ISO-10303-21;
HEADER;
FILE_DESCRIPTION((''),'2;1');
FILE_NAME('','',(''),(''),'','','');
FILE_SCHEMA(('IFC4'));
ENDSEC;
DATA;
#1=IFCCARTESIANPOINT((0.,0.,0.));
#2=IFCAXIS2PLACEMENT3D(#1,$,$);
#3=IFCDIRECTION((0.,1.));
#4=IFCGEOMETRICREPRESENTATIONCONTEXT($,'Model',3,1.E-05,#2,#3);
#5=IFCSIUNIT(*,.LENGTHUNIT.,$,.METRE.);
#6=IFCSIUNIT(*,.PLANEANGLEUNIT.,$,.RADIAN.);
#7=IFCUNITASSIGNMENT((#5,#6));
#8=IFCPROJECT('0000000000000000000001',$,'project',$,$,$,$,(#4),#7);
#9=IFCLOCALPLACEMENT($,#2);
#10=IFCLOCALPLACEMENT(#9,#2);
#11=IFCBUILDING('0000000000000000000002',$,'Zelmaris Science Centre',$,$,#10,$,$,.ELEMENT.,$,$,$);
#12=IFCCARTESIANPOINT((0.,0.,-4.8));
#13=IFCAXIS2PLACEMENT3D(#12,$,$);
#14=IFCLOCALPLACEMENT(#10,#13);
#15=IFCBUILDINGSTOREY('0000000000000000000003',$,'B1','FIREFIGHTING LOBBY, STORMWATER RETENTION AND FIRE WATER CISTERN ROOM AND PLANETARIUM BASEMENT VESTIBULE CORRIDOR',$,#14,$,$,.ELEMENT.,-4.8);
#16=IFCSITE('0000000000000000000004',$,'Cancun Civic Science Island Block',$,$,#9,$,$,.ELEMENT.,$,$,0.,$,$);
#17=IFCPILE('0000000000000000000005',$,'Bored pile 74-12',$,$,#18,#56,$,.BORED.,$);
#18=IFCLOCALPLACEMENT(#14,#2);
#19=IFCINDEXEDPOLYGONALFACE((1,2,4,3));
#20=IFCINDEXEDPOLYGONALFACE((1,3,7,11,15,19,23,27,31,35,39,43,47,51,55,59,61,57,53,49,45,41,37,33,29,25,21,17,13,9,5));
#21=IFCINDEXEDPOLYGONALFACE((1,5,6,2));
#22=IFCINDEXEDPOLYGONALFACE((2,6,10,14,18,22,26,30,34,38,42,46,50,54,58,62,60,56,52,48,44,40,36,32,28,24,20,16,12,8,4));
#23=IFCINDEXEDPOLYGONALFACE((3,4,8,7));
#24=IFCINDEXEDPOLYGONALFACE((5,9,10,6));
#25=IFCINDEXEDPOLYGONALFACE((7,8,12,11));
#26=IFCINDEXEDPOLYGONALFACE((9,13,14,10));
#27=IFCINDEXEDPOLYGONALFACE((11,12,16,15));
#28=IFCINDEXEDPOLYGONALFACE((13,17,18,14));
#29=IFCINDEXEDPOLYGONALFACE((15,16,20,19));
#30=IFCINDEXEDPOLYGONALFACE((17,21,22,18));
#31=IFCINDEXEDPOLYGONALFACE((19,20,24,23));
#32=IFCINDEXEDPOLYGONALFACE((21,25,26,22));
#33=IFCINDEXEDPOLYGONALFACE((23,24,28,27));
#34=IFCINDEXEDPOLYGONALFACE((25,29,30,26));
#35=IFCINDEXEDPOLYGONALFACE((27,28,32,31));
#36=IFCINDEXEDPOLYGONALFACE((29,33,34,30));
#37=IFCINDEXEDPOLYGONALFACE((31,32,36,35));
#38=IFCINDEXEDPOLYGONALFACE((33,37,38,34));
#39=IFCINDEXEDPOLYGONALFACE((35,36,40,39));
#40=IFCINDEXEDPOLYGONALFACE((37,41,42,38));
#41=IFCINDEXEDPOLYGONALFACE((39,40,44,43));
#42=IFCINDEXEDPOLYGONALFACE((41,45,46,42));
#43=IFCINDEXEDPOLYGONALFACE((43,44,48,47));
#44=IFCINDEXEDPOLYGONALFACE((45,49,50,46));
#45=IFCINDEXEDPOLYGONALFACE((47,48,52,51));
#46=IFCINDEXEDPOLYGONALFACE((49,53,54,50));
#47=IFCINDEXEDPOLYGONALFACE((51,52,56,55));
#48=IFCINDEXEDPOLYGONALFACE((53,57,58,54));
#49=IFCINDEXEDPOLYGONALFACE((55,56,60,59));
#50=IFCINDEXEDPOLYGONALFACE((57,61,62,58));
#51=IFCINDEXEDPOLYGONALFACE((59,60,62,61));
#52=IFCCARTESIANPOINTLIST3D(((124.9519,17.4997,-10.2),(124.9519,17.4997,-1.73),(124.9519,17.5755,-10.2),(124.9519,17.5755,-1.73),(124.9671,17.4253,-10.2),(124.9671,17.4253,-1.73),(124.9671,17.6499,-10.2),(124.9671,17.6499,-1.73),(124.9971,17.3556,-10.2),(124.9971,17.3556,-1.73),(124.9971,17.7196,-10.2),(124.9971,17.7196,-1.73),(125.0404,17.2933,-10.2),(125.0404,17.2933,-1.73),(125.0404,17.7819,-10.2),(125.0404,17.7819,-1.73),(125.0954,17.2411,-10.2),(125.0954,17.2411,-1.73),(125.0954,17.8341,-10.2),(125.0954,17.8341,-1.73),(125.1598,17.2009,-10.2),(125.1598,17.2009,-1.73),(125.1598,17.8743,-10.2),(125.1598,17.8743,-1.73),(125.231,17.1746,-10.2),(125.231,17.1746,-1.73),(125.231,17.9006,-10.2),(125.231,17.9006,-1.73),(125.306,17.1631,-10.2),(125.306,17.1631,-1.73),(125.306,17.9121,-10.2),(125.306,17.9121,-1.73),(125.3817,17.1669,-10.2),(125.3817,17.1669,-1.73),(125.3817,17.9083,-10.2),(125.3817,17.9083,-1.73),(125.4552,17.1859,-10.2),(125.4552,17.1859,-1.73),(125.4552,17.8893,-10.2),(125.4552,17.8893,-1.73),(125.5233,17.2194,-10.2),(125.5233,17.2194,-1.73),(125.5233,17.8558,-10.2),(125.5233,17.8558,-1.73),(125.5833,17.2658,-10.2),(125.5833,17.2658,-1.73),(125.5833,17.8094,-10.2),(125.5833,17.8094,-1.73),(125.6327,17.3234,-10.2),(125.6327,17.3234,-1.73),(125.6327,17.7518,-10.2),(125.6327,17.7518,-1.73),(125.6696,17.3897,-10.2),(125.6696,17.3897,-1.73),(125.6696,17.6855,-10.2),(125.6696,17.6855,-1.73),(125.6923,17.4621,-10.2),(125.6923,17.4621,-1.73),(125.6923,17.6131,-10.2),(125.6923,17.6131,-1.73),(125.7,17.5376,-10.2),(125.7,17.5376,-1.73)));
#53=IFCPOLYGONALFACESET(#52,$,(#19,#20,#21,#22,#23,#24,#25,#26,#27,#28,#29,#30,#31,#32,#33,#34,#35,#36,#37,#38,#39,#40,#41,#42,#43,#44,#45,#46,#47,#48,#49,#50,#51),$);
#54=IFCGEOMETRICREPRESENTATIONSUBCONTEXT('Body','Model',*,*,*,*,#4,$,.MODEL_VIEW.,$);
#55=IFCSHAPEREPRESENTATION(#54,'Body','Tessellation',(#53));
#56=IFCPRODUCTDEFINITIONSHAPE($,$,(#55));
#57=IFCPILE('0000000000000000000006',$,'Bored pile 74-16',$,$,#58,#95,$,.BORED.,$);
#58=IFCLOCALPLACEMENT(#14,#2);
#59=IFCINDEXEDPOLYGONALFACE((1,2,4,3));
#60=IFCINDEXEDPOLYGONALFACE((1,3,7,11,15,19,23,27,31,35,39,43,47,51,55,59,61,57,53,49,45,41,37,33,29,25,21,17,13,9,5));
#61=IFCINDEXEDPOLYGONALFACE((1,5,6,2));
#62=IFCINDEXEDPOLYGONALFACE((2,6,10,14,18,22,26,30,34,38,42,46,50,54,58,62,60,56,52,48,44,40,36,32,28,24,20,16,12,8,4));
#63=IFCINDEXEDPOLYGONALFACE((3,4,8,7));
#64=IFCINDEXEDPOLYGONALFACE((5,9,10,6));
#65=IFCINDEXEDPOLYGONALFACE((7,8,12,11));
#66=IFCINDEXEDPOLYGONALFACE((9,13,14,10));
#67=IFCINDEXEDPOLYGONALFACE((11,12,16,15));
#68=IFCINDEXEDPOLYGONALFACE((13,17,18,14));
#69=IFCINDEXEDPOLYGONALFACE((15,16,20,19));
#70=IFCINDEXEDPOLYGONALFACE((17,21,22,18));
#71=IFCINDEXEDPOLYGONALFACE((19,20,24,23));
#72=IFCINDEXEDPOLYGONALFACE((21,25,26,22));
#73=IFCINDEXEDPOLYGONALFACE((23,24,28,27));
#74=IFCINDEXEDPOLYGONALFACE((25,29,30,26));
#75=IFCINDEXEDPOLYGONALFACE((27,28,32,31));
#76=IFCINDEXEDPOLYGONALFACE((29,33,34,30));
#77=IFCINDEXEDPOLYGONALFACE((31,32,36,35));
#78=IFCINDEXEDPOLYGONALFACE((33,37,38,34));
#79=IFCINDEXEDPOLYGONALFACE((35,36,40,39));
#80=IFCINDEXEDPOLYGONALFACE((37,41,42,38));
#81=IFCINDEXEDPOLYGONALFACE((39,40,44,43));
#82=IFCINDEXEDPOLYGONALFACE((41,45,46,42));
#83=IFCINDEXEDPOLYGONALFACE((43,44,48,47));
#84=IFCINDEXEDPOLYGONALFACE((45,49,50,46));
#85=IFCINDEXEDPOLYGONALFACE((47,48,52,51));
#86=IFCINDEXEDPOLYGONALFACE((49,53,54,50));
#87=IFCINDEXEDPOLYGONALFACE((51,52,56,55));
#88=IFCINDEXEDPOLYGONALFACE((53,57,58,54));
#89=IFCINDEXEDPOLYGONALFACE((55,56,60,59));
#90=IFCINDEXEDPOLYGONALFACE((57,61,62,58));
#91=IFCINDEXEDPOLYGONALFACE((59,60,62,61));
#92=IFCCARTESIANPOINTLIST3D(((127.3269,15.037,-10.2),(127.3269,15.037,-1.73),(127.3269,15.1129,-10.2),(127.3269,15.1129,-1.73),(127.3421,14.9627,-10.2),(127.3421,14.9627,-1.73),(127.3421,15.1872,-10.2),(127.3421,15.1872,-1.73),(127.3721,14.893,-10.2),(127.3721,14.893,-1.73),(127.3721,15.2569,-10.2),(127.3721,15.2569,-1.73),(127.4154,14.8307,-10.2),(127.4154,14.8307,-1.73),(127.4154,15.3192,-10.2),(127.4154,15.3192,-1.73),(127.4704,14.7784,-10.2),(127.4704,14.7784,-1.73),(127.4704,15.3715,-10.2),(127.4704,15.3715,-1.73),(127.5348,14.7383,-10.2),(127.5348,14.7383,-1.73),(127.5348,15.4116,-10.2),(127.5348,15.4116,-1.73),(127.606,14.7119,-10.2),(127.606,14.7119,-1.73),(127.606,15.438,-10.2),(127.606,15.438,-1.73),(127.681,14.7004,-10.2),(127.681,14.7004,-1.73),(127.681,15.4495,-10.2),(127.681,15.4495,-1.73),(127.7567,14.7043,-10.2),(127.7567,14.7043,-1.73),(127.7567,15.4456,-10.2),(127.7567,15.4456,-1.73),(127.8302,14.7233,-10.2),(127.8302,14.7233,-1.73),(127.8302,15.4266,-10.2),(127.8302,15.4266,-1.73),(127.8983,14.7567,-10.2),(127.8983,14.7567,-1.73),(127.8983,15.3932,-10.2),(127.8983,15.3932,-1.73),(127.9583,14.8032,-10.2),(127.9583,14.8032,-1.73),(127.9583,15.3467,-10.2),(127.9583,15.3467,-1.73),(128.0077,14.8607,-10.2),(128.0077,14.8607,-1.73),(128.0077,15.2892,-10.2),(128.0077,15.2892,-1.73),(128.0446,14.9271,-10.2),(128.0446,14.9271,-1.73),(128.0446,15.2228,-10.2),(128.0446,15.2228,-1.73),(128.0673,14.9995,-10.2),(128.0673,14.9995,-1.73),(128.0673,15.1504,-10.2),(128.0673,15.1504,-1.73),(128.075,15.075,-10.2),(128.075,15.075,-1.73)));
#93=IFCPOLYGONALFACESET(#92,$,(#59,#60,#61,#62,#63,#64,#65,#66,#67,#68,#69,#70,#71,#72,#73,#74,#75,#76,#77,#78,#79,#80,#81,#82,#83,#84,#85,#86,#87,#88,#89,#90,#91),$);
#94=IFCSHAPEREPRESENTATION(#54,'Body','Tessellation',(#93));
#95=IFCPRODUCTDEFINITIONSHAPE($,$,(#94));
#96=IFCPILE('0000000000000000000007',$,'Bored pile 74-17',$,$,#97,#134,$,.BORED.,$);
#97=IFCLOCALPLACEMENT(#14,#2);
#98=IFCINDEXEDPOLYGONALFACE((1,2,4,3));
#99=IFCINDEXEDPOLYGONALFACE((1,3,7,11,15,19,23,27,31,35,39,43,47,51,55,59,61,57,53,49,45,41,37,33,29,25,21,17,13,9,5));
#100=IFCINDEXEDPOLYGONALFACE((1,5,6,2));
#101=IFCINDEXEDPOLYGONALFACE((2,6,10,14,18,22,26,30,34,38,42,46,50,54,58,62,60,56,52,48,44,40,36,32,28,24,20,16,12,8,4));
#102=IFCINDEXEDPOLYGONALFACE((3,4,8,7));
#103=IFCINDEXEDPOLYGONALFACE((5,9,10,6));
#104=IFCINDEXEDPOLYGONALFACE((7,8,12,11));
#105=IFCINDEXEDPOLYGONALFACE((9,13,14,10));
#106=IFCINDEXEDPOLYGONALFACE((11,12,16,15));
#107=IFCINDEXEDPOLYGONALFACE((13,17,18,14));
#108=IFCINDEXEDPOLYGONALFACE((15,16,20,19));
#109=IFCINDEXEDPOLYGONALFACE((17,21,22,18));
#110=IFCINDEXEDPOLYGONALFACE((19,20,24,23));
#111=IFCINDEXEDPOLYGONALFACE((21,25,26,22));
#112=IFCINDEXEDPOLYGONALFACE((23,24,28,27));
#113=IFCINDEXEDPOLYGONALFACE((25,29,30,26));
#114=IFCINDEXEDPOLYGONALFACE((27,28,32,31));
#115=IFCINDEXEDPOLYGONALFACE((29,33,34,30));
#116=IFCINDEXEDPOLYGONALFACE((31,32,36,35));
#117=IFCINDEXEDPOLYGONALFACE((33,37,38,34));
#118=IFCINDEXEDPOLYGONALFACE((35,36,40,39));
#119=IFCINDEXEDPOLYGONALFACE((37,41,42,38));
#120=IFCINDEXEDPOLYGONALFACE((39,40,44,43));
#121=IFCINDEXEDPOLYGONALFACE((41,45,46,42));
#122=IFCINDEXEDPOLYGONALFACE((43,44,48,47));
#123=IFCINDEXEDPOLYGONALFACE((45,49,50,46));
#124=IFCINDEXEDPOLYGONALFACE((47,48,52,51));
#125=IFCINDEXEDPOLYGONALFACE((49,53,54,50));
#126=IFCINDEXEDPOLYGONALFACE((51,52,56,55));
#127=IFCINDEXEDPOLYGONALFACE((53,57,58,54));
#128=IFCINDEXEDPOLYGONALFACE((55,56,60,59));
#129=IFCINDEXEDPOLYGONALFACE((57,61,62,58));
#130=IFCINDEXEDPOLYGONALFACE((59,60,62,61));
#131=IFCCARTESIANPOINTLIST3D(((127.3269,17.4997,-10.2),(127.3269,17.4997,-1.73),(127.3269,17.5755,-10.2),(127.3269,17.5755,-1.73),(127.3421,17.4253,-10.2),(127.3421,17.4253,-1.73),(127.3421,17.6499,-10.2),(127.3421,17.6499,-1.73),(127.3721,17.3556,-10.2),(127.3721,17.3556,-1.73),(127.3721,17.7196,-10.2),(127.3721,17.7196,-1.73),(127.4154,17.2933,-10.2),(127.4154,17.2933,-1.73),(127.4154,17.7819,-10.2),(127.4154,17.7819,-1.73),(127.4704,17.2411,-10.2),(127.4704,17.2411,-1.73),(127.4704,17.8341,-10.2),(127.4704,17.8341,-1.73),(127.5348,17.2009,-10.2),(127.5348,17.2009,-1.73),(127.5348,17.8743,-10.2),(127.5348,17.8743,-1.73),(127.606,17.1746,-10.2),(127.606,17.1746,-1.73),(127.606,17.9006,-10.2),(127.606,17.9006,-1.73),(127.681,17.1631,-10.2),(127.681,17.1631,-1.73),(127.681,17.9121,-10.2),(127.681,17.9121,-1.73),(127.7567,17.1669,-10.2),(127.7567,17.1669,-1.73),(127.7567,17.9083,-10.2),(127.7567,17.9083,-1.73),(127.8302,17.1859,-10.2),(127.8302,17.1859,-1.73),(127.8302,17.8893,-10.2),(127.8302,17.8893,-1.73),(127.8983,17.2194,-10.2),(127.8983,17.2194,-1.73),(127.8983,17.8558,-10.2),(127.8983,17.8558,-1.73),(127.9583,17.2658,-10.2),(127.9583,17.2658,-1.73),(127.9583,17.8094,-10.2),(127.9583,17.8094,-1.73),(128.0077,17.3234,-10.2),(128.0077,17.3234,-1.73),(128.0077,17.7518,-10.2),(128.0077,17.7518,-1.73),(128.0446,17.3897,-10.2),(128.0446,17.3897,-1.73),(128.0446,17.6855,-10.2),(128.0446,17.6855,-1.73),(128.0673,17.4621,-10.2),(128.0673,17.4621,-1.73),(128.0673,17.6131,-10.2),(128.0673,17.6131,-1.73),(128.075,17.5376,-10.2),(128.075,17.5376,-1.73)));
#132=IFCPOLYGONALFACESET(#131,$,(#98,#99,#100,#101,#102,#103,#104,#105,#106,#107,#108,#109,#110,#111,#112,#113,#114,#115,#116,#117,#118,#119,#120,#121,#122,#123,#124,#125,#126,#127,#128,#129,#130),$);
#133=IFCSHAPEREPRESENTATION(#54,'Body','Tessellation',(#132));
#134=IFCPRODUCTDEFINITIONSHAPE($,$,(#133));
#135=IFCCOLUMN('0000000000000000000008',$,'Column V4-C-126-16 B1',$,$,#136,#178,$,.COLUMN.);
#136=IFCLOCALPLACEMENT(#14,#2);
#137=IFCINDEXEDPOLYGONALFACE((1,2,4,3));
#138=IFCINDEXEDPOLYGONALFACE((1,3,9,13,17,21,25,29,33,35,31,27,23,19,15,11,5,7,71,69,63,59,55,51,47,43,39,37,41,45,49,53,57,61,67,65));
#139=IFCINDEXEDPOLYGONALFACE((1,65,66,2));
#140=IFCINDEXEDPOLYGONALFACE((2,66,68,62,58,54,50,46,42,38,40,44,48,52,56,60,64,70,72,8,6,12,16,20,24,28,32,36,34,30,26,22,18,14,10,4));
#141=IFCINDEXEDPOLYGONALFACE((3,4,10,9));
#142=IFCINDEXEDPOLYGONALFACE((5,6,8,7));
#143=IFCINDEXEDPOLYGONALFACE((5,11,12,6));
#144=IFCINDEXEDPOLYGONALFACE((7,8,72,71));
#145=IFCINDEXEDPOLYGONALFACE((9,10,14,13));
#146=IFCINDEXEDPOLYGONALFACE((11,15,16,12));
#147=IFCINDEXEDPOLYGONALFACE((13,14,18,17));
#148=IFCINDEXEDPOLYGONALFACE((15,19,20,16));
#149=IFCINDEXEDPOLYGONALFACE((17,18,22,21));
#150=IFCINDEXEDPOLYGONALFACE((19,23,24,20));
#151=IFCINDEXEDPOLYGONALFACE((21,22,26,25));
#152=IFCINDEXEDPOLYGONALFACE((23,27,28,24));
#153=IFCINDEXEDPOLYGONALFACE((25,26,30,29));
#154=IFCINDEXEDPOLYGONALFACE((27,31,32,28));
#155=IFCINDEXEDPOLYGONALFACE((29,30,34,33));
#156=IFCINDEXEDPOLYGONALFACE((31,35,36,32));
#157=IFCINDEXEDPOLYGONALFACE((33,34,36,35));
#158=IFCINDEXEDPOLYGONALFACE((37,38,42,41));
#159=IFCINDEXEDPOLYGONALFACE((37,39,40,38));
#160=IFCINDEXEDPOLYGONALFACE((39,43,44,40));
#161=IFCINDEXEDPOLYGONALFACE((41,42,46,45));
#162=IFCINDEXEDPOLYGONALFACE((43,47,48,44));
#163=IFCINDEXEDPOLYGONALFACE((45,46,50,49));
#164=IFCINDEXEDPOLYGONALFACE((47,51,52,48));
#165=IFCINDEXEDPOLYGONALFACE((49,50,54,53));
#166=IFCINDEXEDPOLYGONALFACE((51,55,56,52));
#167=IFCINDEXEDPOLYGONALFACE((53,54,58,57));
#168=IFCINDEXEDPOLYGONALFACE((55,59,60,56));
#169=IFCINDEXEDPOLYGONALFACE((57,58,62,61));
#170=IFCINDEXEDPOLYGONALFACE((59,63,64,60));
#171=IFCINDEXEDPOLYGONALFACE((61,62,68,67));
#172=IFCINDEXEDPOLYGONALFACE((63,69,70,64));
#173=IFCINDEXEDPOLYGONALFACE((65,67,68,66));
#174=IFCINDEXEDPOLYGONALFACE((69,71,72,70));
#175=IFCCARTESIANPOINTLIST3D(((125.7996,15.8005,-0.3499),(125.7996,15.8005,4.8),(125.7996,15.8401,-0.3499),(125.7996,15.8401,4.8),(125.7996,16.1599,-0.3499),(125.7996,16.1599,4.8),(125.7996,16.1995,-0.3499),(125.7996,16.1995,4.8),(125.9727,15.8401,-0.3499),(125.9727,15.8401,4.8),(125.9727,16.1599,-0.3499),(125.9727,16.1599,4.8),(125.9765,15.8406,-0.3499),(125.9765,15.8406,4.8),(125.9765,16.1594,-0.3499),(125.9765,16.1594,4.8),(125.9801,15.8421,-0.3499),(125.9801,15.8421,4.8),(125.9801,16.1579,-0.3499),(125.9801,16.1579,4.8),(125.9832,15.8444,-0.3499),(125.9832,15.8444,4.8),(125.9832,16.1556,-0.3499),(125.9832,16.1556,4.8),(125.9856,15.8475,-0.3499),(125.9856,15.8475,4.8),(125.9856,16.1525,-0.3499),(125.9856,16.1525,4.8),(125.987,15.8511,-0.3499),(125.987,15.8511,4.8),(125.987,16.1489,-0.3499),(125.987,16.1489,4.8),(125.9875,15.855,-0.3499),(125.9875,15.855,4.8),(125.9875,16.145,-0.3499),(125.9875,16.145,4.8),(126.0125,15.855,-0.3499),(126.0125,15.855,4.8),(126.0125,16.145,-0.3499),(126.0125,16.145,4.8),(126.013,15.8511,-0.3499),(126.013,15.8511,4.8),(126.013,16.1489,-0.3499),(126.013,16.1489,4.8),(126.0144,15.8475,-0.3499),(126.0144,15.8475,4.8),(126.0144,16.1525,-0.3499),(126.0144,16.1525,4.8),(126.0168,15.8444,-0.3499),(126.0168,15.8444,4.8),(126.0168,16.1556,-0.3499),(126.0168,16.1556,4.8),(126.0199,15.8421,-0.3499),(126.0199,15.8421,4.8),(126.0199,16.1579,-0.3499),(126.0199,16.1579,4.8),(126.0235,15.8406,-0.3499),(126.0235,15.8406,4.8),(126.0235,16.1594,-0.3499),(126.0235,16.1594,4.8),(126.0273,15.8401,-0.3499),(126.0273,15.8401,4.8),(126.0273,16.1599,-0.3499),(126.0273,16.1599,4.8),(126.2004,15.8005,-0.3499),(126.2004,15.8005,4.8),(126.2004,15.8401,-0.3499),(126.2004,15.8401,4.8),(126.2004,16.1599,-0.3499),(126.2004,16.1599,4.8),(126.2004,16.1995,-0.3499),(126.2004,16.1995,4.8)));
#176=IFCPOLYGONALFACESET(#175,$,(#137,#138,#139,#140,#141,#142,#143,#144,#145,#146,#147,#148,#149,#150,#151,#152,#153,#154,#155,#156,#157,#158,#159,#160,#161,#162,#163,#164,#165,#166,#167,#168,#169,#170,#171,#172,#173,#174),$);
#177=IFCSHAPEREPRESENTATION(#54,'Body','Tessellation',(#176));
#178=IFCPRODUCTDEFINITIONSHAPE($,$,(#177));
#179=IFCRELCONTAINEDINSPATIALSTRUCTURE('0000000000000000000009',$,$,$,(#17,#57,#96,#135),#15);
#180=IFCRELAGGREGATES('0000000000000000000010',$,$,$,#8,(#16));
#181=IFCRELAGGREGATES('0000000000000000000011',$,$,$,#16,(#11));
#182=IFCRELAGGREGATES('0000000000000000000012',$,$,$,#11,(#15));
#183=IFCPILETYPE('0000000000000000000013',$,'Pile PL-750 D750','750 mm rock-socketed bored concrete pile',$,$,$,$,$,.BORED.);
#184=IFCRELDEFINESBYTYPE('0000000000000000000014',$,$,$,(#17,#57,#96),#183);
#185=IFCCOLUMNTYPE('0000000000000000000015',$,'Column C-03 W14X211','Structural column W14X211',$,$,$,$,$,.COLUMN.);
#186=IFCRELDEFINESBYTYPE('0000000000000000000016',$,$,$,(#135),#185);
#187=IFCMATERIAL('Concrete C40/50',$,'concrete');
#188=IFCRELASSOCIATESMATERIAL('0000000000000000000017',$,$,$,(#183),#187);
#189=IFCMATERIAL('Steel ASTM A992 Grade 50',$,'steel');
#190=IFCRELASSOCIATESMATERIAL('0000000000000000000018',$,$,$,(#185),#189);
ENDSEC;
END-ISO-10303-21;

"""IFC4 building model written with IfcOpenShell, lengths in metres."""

from ifc_helpers import new_model, si_unit, direction, frame, origin, origin_2d, place, context, subcontext, project, spatial, circle, i_section, extrude, material, material_profile, profile_set, type_object, element, save


model = new_model("IFC4")

# Units and contexts
model_context = context("Model", 3, precision=1e-05, world=origin(), true_north=direction((0.0, 1.0)))
body_context = subcontext(model_context, "Body", "Model", "MODEL_VIEW")
ifc_project = project(units=[si_unit("LENGTHUNIT", "METRE"), si_unit("PLANEANGLEUNIT", "RADIAN")], contexts=[model_context])

# Site, building, storey
site_placement = place(None, origin())
site = spatial("IfcSite", under=ifc_project, at=site_placement, Name="Cancun Civic Science Island Block", CompositionType="ELEMENT", RefElevation=0.0)
building_placement = place(site_placement, origin())
building = spatial("IfcBuilding", under=site, at=building_placement, Name="Zelmaris Science Centre", CompositionType="ELEMENT")
storey_placement = place(building_placement, frame((0.0, 0.0, -4.8)))
storey = spatial("IfcBuildingStorey", under=building, at=storey_placement, Name="B1", Description="FIREFIGHTING LOBBY, STORMWATER RETENTION AND FIRE WATER CISTERN ROOM AND PLANETARIUM BASEMENT VESTIBULE CORRIDOR", CompositionType="ELEMENT", Elevation=-4.8)

# Shared definitions
ifc_material_1 = material(Name="Concrete C40/50", Category="concrete")

# Piles
ifc_material_profile_1 = material_profile(ifc_material_1, circle(Radius=0.375, at=origin_2d()), Name="PILE-750")
ifc_profile_set_1 = profile_set([ifc_material_profile_1], Name="Concrete C40/50")
pile_type_1 = type_object("IfcPileType", Name="Pile PL-750 D750", Description="750 mm rock-socketed bored concrete pile", PredefinedType="BORED", material=ifc_profile_set_1)
for number, where, z_axis, x_axis, name in (
    (1, (125.325, 17.5376, -1.73), (0.0, 0.0, -1.0), (1.0, 0.0, 0.0), "Bored pile 74-12"),
    (2, (127.7, 15.075, -1.73), (0.0, 0.0, -1.0), (1.0, 0.0, 0.0), "Bored pile 74-16"),
    (3, (127.7, 17.5376, -1.73), (0.0, 0.0, -1.0), (1.0, 0.0, 0.0), "Bored pile 74-17"),
):
    element("IfcPile", number, at=place(storey_placement, frame(where, z_axis=z_axis, x_axis=x_axis)), inside=storey, type_object=pile_type_1, Name=name, PredefinedType="BORED", context=body_context, shape_type="SweptSolid", body=[
        extrude(circle(Radius=0.375, at=origin_2d()), origin(), (0.0, 0.0, 1.0), 8.47),
    ])

# Column
ifc_material_2 = material(Name="Steel ASTM A992 Grade 50", Category="steel")
ifc_material_profile_2 = material_profile(ifc_material_2, i_section(OverallWidth=0.4009, OverallDepth=0.3989, WebThickness=0.0249, FlangeThickness=0.0396, FilletRadius=0.0149, at=origin_2d()), Name="W14X211")
ifc_profile_set_2 = profile_set([ifc_material_profile_2], Name="Steel ASTM A992 Grade 50")
column_type_1 = type_object("IfcColumnType", Name="Column C-03 W14X211", Description="Structural column W14X211", PredefinedType="COLUMN", material=ifc_profile_set_2)
column_1_placement = place(storey_placement, frame((126.0, 16.0, -0.3499), z_axis=(0.0, 0.0, 1.0), x_axis=(1.0, 0.0, 0.0)))
element("IfcColumn", 4, at=column_1_placement, inside=storey, type_object=column_type_1, Name="Column V4-C-126-16 B1", PredefinedType="COLUMN", context=body_context, shape_type="SweptSolid", body=[
    extrude(i_section(OverallWidth=0.4009, OverallDepth=0.3989, WebThickness=0.0249, FlangeThickness=0.0396, FilletRadius=0.0149, at=origin_2d()), origin(), (0.0, 0.0, 1.0), 5.1499),
])

save(model, "model.ifc")
